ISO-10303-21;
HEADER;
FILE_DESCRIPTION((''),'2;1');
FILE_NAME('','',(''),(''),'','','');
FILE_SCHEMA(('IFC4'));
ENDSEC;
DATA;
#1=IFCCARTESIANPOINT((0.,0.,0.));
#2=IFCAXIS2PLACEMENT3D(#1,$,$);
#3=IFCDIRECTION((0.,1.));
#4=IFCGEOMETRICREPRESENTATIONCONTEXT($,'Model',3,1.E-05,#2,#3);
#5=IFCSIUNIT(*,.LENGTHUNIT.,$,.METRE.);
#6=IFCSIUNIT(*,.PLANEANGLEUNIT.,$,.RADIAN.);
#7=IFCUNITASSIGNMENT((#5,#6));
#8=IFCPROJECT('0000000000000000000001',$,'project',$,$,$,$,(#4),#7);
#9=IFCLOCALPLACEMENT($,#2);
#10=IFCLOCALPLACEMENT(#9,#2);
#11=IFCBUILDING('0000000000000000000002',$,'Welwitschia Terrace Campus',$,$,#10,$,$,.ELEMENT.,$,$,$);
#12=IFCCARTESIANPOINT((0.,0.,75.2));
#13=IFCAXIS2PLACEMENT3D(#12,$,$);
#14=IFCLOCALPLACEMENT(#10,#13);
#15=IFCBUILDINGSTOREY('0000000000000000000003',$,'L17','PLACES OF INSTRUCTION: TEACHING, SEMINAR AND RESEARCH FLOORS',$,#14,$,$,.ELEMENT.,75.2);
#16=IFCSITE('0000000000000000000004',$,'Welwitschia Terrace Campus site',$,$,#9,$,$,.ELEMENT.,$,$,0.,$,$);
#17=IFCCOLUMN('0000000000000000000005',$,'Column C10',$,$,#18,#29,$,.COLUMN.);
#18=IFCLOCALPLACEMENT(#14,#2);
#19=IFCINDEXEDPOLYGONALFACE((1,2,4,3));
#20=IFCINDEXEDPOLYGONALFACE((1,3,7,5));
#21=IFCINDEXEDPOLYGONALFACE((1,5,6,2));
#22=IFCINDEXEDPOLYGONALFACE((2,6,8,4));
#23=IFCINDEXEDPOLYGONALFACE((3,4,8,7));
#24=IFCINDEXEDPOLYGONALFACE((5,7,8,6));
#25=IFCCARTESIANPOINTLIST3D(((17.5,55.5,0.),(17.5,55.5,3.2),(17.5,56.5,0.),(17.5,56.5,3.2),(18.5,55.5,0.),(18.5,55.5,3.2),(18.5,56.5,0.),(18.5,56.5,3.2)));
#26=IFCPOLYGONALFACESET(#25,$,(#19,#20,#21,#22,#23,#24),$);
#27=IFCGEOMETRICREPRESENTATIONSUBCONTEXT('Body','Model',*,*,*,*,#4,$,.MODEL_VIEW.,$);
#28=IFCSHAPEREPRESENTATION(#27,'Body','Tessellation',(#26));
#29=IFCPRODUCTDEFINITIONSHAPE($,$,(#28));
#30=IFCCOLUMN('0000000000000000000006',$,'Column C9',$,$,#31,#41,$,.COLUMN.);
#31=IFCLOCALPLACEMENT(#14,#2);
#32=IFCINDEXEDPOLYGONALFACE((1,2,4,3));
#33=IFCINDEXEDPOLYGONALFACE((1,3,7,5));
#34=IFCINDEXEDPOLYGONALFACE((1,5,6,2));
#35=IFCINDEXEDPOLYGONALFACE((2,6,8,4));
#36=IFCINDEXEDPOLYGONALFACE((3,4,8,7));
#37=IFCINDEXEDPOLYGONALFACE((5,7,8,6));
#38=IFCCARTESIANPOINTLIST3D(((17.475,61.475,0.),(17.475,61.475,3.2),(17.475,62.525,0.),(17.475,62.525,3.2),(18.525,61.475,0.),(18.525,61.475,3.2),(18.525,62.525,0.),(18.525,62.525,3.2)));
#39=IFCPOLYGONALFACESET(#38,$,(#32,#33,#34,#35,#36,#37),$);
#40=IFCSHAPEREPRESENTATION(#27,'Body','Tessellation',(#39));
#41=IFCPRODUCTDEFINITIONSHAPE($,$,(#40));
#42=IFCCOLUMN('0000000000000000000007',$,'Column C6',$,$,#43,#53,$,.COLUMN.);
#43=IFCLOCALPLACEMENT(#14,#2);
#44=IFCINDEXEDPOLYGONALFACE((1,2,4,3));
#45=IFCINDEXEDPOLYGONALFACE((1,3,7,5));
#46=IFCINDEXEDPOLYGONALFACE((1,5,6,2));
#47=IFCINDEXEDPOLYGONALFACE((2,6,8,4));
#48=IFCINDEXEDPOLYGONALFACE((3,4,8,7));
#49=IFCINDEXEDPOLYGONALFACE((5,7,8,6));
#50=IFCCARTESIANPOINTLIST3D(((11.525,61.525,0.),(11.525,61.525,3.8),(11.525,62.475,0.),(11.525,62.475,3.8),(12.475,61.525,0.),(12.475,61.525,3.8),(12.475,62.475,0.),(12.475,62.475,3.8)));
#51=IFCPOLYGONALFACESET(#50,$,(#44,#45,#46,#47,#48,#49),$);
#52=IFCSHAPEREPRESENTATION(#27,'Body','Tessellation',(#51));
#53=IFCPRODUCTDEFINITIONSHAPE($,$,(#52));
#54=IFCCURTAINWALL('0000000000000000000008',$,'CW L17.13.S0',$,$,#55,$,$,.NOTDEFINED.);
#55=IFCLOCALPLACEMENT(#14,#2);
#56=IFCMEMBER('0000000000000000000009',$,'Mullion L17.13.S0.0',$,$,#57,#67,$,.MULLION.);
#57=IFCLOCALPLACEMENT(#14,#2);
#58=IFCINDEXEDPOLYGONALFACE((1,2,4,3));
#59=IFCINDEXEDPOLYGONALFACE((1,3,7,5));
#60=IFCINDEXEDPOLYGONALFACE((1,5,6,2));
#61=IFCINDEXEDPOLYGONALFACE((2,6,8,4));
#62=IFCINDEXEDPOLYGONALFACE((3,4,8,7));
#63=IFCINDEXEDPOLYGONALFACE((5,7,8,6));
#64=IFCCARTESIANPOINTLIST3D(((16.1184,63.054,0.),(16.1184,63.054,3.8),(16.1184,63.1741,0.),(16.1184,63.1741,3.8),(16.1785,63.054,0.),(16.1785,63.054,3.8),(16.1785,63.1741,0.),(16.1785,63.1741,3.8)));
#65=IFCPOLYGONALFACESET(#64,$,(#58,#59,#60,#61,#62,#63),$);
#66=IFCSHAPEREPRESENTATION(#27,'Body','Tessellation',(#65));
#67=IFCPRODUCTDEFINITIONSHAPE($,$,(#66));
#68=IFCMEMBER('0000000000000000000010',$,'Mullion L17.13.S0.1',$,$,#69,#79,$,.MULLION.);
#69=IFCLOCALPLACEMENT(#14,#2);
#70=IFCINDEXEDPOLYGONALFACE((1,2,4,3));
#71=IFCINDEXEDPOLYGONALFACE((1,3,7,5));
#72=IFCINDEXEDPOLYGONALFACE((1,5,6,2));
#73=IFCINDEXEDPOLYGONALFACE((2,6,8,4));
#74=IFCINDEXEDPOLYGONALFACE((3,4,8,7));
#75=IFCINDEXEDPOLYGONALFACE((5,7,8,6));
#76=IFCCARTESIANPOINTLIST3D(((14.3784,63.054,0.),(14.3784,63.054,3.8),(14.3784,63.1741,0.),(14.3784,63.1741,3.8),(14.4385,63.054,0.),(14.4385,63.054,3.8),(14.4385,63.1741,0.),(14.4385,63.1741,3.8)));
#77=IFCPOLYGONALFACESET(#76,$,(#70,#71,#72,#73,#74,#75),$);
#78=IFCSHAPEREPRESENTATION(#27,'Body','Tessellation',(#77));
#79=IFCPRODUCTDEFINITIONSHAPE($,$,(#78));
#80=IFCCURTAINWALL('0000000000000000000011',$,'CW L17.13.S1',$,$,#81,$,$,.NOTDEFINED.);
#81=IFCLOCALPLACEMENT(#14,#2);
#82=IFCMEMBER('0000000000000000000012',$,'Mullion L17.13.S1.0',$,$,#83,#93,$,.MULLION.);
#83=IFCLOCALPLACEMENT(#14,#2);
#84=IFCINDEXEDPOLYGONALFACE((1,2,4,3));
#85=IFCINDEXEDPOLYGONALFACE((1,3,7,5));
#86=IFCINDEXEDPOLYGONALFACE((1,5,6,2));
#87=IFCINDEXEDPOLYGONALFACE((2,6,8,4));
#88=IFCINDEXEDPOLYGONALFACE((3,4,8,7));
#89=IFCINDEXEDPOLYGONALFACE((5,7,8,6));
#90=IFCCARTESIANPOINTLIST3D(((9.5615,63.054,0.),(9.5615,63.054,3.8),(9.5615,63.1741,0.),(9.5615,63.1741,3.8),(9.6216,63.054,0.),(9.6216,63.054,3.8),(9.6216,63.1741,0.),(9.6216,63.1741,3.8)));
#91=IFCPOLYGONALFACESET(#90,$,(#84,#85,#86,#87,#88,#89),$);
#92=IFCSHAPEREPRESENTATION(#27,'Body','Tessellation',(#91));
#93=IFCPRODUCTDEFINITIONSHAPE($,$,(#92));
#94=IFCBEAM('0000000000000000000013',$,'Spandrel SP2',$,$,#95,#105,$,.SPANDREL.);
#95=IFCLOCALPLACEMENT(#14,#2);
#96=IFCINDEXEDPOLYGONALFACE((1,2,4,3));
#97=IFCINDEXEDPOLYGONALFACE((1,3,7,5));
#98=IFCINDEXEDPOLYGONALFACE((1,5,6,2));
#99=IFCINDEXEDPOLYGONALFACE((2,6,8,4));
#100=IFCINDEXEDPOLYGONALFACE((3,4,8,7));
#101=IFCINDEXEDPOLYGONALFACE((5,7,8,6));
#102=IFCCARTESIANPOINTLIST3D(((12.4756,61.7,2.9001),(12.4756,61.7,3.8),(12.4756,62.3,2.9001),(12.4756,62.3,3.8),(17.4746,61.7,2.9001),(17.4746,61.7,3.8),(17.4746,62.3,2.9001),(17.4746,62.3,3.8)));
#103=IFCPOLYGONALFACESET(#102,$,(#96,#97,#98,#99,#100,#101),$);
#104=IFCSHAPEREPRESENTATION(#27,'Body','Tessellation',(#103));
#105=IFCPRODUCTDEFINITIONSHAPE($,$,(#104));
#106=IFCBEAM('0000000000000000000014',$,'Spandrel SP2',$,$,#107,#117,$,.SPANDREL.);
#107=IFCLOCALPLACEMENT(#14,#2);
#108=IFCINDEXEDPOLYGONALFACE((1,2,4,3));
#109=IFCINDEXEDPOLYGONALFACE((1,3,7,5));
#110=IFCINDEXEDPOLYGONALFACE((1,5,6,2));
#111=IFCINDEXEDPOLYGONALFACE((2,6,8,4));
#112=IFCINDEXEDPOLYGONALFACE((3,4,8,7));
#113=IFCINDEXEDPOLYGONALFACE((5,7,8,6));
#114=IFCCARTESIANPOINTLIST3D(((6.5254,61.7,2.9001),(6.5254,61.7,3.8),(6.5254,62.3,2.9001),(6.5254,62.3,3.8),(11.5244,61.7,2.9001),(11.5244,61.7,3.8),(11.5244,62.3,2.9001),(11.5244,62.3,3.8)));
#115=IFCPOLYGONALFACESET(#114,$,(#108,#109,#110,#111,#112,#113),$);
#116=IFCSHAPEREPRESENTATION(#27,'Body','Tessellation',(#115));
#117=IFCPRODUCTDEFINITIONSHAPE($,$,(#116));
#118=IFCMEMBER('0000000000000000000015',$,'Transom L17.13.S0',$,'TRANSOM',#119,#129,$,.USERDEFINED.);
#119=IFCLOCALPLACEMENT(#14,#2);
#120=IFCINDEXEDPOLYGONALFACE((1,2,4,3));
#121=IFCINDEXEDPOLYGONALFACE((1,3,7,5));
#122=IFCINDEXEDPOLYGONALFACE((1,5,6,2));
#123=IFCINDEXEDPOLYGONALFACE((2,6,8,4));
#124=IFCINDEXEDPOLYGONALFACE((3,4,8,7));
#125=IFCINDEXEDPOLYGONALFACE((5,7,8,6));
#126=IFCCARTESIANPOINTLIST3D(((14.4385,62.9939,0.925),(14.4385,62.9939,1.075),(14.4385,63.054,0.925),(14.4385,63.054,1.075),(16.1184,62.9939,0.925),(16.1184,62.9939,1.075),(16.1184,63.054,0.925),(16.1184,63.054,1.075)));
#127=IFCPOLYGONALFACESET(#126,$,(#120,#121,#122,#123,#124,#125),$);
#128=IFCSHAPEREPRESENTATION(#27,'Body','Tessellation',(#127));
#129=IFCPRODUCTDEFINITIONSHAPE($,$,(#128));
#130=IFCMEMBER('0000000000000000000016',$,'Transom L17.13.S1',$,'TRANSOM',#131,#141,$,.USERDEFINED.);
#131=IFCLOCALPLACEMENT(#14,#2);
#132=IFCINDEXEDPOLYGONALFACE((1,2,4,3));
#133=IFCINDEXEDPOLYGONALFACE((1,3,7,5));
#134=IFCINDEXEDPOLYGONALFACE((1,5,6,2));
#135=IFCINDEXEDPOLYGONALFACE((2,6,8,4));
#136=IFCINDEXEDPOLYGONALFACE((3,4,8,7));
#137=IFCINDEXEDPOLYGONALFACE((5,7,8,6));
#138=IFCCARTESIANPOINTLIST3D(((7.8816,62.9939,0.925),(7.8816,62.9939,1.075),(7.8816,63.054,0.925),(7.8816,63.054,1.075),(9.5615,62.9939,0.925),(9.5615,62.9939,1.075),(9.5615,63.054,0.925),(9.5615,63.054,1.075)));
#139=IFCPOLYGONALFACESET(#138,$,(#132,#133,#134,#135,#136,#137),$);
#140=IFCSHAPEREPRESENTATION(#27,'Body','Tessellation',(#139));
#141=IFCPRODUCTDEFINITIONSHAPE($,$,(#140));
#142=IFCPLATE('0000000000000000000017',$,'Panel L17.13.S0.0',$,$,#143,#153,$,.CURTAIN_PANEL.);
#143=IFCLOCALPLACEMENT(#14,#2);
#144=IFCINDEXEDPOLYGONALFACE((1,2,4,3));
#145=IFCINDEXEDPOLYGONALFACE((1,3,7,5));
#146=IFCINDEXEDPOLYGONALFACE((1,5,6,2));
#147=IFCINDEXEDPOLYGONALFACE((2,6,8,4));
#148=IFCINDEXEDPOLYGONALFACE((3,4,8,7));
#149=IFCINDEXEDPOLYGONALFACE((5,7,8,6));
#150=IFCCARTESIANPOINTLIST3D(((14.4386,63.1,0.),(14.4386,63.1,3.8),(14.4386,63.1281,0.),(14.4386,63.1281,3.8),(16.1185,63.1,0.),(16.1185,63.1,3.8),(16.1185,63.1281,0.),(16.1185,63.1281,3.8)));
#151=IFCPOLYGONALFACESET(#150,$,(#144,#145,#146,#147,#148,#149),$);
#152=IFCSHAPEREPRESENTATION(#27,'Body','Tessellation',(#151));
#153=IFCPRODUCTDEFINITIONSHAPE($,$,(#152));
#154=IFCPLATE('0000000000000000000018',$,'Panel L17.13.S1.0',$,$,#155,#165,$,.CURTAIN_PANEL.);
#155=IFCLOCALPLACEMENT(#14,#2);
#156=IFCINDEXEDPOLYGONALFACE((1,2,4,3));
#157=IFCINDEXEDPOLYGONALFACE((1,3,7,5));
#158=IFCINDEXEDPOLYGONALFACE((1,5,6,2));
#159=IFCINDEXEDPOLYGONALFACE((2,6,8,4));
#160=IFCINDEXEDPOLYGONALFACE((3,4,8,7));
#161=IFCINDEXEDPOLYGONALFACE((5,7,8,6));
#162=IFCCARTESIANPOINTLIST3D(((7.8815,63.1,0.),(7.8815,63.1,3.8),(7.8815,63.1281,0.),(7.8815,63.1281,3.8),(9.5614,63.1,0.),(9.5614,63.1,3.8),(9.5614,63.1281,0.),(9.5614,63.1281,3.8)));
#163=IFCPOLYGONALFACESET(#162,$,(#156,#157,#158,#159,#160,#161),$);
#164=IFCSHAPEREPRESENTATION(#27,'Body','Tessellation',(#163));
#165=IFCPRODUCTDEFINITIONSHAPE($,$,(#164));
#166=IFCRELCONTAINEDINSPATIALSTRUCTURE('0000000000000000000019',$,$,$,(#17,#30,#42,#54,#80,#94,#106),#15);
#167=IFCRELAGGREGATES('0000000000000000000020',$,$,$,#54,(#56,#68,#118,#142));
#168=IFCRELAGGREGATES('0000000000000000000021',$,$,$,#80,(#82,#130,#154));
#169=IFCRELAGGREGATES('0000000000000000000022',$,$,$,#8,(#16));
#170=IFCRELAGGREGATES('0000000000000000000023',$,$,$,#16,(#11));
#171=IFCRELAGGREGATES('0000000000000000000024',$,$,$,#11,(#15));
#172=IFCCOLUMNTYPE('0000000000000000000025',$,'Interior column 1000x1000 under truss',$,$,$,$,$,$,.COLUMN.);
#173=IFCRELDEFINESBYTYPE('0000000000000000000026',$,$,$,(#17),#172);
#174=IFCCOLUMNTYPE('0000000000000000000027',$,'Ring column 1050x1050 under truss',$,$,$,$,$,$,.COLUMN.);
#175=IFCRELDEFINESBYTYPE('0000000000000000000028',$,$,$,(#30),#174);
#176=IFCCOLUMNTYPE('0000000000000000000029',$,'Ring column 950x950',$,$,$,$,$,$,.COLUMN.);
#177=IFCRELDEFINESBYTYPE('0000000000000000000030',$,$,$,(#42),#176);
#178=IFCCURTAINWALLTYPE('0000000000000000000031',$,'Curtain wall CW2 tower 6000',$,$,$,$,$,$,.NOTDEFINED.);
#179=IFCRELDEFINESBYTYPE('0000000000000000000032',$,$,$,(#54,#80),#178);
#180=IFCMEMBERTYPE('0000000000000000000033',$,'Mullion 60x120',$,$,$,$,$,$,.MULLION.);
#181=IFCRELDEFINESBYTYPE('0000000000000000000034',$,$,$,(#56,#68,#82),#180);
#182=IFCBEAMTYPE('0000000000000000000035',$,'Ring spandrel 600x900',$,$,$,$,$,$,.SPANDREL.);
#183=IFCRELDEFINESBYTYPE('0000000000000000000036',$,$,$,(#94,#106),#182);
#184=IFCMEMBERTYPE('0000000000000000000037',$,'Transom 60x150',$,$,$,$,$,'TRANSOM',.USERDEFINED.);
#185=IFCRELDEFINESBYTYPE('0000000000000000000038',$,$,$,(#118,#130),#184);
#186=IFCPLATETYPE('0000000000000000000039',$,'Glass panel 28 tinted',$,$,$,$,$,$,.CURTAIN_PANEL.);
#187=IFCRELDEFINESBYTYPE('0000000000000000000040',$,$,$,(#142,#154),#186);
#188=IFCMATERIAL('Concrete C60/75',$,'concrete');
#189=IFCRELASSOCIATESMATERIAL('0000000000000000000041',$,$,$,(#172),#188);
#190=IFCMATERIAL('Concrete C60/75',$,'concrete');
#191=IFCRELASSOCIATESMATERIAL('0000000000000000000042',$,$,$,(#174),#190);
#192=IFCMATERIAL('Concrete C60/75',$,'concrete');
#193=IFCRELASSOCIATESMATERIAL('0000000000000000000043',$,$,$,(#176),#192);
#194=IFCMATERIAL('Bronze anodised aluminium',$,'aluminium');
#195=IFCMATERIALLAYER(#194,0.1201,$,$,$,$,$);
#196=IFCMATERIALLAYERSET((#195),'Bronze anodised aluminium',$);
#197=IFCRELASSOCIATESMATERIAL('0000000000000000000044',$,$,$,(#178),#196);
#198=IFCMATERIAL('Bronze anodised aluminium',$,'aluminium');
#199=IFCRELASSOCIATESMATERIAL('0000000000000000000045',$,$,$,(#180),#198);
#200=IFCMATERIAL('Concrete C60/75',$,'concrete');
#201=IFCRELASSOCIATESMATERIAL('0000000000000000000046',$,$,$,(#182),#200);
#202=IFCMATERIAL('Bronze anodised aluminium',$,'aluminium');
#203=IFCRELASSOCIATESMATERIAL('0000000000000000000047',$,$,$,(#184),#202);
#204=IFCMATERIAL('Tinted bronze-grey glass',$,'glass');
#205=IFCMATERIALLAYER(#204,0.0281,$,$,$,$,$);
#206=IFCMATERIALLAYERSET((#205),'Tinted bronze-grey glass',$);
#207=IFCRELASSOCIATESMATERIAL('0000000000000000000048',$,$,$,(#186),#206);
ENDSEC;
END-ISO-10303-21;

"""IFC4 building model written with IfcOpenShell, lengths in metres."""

from ifc_helpers import new_model, si_unit, direction, frame, origin, origin_2d, place, context, subcontext, project, spatial, rectangle, extrude, material, layer, layer_set, material_profile, profile_set, type_object, element, aggregate, save


model = new_model("IFC4")

# Units and contexts
model_context = context("Model", 3, precision=1e-05, world=origin(), true_north=direction((0.0, 1.0)))
body_context = subcontext(model_context, "Body", "Model", "MODEL_VIEW")
ifc_project = project(units=[si_unit("LENGTHUNIT", "METRE"), si_unit("PLANEANGLEUNIT", "RADIAN")], contexts=[model_context])

# Site, building, storey
site_placement = place(None, origin())
site = spatial("IfcSite", under=ifc_project, at=site_placement, Name="Welwitschia Terrace Campus site", CompositionType="ELEMENT", RefElevation=0.0)
building_placement = place(site_placement, origin())
building = spatial("IfcBuilding", under=site, at=building_placement, Name="Welwitschia Terrace Campus", CompositionType="ELEMENT")
storey_placement = place(building_placement, frame((0.0, 0.0, 75.2)))
storey = spatial("IfcBuildingStorey", under=building, at=storey_placement, Name="L17", Description="PLACES OF INSTRUCTION: TEACHING, SEMINAR AND RESEARCH FLOORS", CompositionType="ELEMENT", Elevation=75.2)

# Columns
ifc_material_1 = material(Name="Concrete C60/75", Category="concrete")
ifc_material_profile_1 = material_profile(ifc_material_1, rectangle(XDim=1.0, YDim=1.0, at=origin_2d()))
ifc_profile_set_1 = profile_set([ifc_material_profile_1], Name="Concrete C60/75")
column_type_1 = type_object("IfcColumnType", Name="Interior column 1000x1000 under truss", PredefinedType="COLUMN", material=ifc_profile_set_1)
column_1_placement = place(storey_placement, frame((18.0, 56.0, 0.0), z_axis=(0.0, 0.0, 1.0), x_axis=(1.0, 0.0, 0.0)))
element("IfcColumn", 1, at=column_1_placement, inside=storey, type_object=column_type_1, Name="Column C10", PredefinedType="COLUMN", context=body_context, shape_type="SweptSolid", body=[
    extrude(rectangle(XDim=1.0, YDim=1.0, at=origin_2d()), origin(), (0.0, 0.0, 1.0), 3.2),
])
ifc_material_2 = material(Name="Concrete C60/75", Category="concrete")
ifc_material_profile_2 = material_profile(ifc_material_2, rectangle(XDim=1.05, YDim=1.05, at=origin_2d()))
ifc_profile_set_2 = profile_set([ifc_material_profile_2], Name="Concrete C60/75")
column_type_2 = type_object("IfcColumnType", Name="Ring column 1050x1050 under truss", PredefinedType="COLUMN", material=ifc_profile_set_2)
column_2_placement = place(storey_placement, frame((18.0, 62.0, 0.0), z_axis=(0.0, 0.0, 1.0), x_axis=(1.0, 0.0, 0.0)))
element("IfcColumn", 2, at=column_2_placement, inside=storey, type_object=column_type_2, Name="Column C9", PredefinedType="COLUMN", context=body_context, shape_type="SweptSolid", body=[
    extrude(rectangle(XDim=1.05, YDim=1.05, at=origin_2d()), origin(), (0.0, 0.0, 1.0), 3.2),
])
ifc_material_3 = material(Name="Concrete C60/75", Category="concrete")
ifc_material_profile_3 = material_profile(ifc_material_3, rectangle(XDim=0.95, YDim=0.95, at=origin_2d()))
ifc_profile_set_3 = profile_set([ifc_material_profile_3], Name="Concrete C60/75")
column_type_3 = type_object("IfcColumnType", Name="Ring column 950x950", PredefinedType="COLUMN", material=ifc_profile_set_3)
column_3_placement = place(storey_placement, frame((12.0, 62.0, 0.0), z_axis=(0.0, 0.0, 1.0), x_axis=(1.0, 0.0, 0.0)))
element("IfcColumn", 3, at=column_3_placement, inside=storey, type_object=column_type_3, Name="Column C6", PredefinedType="COLUMN", context=body_context, shape_type="SweptSolid", body=[
    extrude(rectangle(XDim=0.95, YDim=0.95, at=origin_2d()), origin(), (0.0, 0.0, 1.0), 3.8),
])

# Curtain wall, members
ifc_material_4 = material(Name="Bronze anodised aluminium", Category="aluminium")
ifc_layer_1 = layer(ifc_material_4, 0.1201)
ifc_layer_set_1 = layer_set([ifc_layer_1], Name="Bronze anodised aluminium")
curtain_wall_type = type_object("IfcCurtainWallType", Name="Curtain wall CW2 tower 6000", PredefinedType="NOTDEFINED", material=ifc_layer_set_1)
curtain_wall_1_placement = place(storey_placement, origin())
curtain_wall_1 = element("IfcCurtainWall", 4, at=curtain_wall_1_placement, inside=storey, type_object=curtain_wall_type, Name="CW L17.13.S0", PredefinedType="NOTDEFINED")
ifc_material_5 = material(Name="Bronze anodised aluminium", Category="aluminium")
ifc_material_profile_4 = material_profile(ifc_material_5, rectangle(XDim=0.1201, YDim=0.0601, at=origin_2d()))
ifc_profile_set_4 = profile_set([ifc_material_profile_4], Name="Bronze anodised aluminium")
member_type_1 = type_object("IfcMemberType", Name="Mullion 60x120", PredefinedType="MULLION", material=ifc_profile_set_4)
member_1_placement = place(storey_placement, frame((16.1484, 63.114, 0.0), z_axis=(0.0, 0.0, 1.0), x_axis=(0.0, -1.0, 0.0)))
member_1 = element("IfcMember", 5, at=member_1_placement, type_object=member_type_1, Name="Mullion L17.13.S0.0", PredefinedType="MULLION", context=body_context, shape_type="SweptSolid", body=[
    extrude(rectangle(XDim=0.1201, YDim=0.0601, at=origin_2d()), origin(), (0.0, 0.0, 1.0), 3.8),
])
member_2_placement = place(storey_placement, frame((14.4084, 63.114, 0.0), z_axis=(0.0, 0.0, 1.0), x_axis=(0.0, -1.0, 0.0)))
member_2 = element("IfcMember", 6, at=member_2_placement, type_object=member_type_1, Name="Mullion L17.13.S0.1", PredefinedType="MULLION", context=body_context, shape_type="SweptSolid", body=[
    extrude(rectangle(XDim=0.1201, YDim=0.0601, at=origin_2d()), origin(), (0.0, 0.0, 1.0), 3.8),
])

# Curtain wall, member
curtain_wall_2_placement = place(storey_placement, origin())
curtain_wall_2 = element("IfcCurtainWall", 7, at=curtain_wall_2_placement, inside=storey, type_object=curtain_wall_type, Name="CW L17.13.S1", PredefinedType="NOTDEFINED")
member_3_placement = place(storey_placement, frame((9.5916, 63.114, 0.0), z_axis=(0.0, 0.0, 1.0), x_axis=(0.0, -1.0, 0.0)))
member_3 = element("IfcMember", 8, at=member_3_placement, type_object=member_type_1, Name="Mullion L17.13.S1.0", PredefinedType="MULLION", context=body_context, shape_type="SweptSolid", body=[
    extrude(rectangle(XDim=0.1201, YDim=0.0601, at=origin_2d()), origin(), (0.0, 0.0, 1.0), 3.8),
])

# Beams
ifc_material_6 = material(Name="Concrete C60/75", Category="concrete")
ifc_material_profile_5 = material_profile(ifc_material_6, rectangle(XDim=0.6001, YDim=0.8999, at=origin_2d()))
ifc_profile_set_5 = profile_set([ifc_material_profile_5], Name="Concrete C60/75")
beam_type = type_object("IfcBeamType", Name="Ring spandrel 600x900", PredefinedType="SPANDREL", material=ifc_profile_set_5)
for number, where, z_axis, x_axis, name in (
    (9, (17.4746, 62.0, 3.3501), (-1.0, 0.0, 0.0), (0.0, -1.0, 0.0), "Spandrel SP2"),
    (10, (11.5244, 62.0, 3.3501), (-1.0, 0.0, 0.0), (0.0, -1.0, 0.0), "Spandrel SP2"),
):
    element("IfcBeam", number, at=place(storey_placement, frame(where, z_axis=z_axis, x_axis=x_axis)), inside=storey, type_object=beam_type, Name=name, PredefinedType="SPANDREL", context=body_context, shape_type="SweptSolid", body=[
        extrude(rectangle(XDim=0.6001, YDim=0.8999, at=origin_2d()), origin(), (0.0, 0.0, 1.0), 4.999),
    ])

# Members
ifc_material_7 = material(Name="Bronze anodised aluminium", Category="aluminium")
ifc_material_profile_6 = material_profile(ifc_material_7, rectangle(XDim=0.0601, YDim=0.1499, at=origin_2d()))
ifc_profile_set_6 = profile_set([ifc_material_profile_6], Name="Bronze anodised aluminium")
member_type_2 = type_object("IfcMemberType", Name="Transom 60x150", ElementType="TRANSOM", PredefinedType="USERDEFINED", material=ifc_profile_set_6)
member_4_placement = place(storey_placement, frame((16.1184, 63.0239, 1.0), z_axis=(-1.0, 0.0, 0.0), x_axis=(0.0, -1.0, 0.0)))
member_4 = element("IfcMember", 11, at=member_4_placement, type_object=member_type_2, Name="Transom L17.13.S0", ObjectType="TRANSOM", PredefinedType="USERDEFINED", context=body_context, shape_type="SweptSolid", body=[
    extrude(rectangle(XDim=0.0601, YDim=0.1499, at=origin_2d()), origin(), (0.0, 0.0, 1.0), 1.6799),
])
member_5_placement = place(storey_placement, frame((9.5615, 63.0239, 1.0), z_axis=(-1.0, 0.0, 0.0), x_axis=(0.0, -1.0, 0.0)))
member_5 = element("IfcMember", 12, at=member_5_placement, type_object=member_type_2, Name="Transom L17.13.S1", ObjectType="TRANSOM", PredefinedType="USERDEFINED", context=body_context, shape_type="SweptSolid", body=[
    extrude(rectangle(XDim=0.0601, YDim=0.1499, at=origin_2d()), origin(), (0.0, 0.0, 1.0), 1.6799),
])

# Plates
ifc_material_8 = material(Name="Tinted bronze-grey glass", Category="glass")
ifc_layer_2 = layer(ifc_material_8, 0.0281)
ifc_layer_set_2 = layer_set([ifc_layer_2], Name="Tinted bronze-grey glass")
plate_type = type_object("IfcPlateType", Name="Glass panel 28 tinted", PredefinedType="CURTAIN_PANEL", material=ifc_layer_set_2)
plate_1_placement = place(storey_placement, frame((15.2786, 63.114, 0.0), z_axis=(0.0, 0.0, 1.0), x_axis=(-1.0, 0.0, 0.0)))
plate_1 = element("IfcPlate", 13, at=plate_1_placement, type_object=plate_type, Name="Panel L17.13.S0.0", PredefinedType="CURTAIN_PANEL", context=body_context, shape_type="SweptSolid", body=[
    extrude(rectangle(XDim=1.6799, YDim=0.0281, at=origin_2d()), origin(), (0.0, 0.0, 1.0), 3.8),
])
aggregate(curtain_wall_1, [member_1, member_2, member_4, plate_1])
plate_2_placement = place(storey_placement, frame((8.7214, 63.114, 0.0), z_axis=(0.0, 0.0, 1.0), x_axis=(-1.0, 0.0, 0.0)))
plate_2 = element("IfcPlate", 14, at=plate_2_placement, type_object=plate_type, Name="Panel L17.13.S1.0", PredefinedType="CURTAIN_PANEL", context=body_context, shape_type="SweptSolid", body=[
    extrude(rectangle(XDim=1.6799, YDim=0.0281, at=origin_2d()), origin(), (0.0, 0.0, 1.0), 3.8),
])
aggregate(curtain_wall_2, [member_3, member_5, plate_2])

save(model, "model.ifc")
